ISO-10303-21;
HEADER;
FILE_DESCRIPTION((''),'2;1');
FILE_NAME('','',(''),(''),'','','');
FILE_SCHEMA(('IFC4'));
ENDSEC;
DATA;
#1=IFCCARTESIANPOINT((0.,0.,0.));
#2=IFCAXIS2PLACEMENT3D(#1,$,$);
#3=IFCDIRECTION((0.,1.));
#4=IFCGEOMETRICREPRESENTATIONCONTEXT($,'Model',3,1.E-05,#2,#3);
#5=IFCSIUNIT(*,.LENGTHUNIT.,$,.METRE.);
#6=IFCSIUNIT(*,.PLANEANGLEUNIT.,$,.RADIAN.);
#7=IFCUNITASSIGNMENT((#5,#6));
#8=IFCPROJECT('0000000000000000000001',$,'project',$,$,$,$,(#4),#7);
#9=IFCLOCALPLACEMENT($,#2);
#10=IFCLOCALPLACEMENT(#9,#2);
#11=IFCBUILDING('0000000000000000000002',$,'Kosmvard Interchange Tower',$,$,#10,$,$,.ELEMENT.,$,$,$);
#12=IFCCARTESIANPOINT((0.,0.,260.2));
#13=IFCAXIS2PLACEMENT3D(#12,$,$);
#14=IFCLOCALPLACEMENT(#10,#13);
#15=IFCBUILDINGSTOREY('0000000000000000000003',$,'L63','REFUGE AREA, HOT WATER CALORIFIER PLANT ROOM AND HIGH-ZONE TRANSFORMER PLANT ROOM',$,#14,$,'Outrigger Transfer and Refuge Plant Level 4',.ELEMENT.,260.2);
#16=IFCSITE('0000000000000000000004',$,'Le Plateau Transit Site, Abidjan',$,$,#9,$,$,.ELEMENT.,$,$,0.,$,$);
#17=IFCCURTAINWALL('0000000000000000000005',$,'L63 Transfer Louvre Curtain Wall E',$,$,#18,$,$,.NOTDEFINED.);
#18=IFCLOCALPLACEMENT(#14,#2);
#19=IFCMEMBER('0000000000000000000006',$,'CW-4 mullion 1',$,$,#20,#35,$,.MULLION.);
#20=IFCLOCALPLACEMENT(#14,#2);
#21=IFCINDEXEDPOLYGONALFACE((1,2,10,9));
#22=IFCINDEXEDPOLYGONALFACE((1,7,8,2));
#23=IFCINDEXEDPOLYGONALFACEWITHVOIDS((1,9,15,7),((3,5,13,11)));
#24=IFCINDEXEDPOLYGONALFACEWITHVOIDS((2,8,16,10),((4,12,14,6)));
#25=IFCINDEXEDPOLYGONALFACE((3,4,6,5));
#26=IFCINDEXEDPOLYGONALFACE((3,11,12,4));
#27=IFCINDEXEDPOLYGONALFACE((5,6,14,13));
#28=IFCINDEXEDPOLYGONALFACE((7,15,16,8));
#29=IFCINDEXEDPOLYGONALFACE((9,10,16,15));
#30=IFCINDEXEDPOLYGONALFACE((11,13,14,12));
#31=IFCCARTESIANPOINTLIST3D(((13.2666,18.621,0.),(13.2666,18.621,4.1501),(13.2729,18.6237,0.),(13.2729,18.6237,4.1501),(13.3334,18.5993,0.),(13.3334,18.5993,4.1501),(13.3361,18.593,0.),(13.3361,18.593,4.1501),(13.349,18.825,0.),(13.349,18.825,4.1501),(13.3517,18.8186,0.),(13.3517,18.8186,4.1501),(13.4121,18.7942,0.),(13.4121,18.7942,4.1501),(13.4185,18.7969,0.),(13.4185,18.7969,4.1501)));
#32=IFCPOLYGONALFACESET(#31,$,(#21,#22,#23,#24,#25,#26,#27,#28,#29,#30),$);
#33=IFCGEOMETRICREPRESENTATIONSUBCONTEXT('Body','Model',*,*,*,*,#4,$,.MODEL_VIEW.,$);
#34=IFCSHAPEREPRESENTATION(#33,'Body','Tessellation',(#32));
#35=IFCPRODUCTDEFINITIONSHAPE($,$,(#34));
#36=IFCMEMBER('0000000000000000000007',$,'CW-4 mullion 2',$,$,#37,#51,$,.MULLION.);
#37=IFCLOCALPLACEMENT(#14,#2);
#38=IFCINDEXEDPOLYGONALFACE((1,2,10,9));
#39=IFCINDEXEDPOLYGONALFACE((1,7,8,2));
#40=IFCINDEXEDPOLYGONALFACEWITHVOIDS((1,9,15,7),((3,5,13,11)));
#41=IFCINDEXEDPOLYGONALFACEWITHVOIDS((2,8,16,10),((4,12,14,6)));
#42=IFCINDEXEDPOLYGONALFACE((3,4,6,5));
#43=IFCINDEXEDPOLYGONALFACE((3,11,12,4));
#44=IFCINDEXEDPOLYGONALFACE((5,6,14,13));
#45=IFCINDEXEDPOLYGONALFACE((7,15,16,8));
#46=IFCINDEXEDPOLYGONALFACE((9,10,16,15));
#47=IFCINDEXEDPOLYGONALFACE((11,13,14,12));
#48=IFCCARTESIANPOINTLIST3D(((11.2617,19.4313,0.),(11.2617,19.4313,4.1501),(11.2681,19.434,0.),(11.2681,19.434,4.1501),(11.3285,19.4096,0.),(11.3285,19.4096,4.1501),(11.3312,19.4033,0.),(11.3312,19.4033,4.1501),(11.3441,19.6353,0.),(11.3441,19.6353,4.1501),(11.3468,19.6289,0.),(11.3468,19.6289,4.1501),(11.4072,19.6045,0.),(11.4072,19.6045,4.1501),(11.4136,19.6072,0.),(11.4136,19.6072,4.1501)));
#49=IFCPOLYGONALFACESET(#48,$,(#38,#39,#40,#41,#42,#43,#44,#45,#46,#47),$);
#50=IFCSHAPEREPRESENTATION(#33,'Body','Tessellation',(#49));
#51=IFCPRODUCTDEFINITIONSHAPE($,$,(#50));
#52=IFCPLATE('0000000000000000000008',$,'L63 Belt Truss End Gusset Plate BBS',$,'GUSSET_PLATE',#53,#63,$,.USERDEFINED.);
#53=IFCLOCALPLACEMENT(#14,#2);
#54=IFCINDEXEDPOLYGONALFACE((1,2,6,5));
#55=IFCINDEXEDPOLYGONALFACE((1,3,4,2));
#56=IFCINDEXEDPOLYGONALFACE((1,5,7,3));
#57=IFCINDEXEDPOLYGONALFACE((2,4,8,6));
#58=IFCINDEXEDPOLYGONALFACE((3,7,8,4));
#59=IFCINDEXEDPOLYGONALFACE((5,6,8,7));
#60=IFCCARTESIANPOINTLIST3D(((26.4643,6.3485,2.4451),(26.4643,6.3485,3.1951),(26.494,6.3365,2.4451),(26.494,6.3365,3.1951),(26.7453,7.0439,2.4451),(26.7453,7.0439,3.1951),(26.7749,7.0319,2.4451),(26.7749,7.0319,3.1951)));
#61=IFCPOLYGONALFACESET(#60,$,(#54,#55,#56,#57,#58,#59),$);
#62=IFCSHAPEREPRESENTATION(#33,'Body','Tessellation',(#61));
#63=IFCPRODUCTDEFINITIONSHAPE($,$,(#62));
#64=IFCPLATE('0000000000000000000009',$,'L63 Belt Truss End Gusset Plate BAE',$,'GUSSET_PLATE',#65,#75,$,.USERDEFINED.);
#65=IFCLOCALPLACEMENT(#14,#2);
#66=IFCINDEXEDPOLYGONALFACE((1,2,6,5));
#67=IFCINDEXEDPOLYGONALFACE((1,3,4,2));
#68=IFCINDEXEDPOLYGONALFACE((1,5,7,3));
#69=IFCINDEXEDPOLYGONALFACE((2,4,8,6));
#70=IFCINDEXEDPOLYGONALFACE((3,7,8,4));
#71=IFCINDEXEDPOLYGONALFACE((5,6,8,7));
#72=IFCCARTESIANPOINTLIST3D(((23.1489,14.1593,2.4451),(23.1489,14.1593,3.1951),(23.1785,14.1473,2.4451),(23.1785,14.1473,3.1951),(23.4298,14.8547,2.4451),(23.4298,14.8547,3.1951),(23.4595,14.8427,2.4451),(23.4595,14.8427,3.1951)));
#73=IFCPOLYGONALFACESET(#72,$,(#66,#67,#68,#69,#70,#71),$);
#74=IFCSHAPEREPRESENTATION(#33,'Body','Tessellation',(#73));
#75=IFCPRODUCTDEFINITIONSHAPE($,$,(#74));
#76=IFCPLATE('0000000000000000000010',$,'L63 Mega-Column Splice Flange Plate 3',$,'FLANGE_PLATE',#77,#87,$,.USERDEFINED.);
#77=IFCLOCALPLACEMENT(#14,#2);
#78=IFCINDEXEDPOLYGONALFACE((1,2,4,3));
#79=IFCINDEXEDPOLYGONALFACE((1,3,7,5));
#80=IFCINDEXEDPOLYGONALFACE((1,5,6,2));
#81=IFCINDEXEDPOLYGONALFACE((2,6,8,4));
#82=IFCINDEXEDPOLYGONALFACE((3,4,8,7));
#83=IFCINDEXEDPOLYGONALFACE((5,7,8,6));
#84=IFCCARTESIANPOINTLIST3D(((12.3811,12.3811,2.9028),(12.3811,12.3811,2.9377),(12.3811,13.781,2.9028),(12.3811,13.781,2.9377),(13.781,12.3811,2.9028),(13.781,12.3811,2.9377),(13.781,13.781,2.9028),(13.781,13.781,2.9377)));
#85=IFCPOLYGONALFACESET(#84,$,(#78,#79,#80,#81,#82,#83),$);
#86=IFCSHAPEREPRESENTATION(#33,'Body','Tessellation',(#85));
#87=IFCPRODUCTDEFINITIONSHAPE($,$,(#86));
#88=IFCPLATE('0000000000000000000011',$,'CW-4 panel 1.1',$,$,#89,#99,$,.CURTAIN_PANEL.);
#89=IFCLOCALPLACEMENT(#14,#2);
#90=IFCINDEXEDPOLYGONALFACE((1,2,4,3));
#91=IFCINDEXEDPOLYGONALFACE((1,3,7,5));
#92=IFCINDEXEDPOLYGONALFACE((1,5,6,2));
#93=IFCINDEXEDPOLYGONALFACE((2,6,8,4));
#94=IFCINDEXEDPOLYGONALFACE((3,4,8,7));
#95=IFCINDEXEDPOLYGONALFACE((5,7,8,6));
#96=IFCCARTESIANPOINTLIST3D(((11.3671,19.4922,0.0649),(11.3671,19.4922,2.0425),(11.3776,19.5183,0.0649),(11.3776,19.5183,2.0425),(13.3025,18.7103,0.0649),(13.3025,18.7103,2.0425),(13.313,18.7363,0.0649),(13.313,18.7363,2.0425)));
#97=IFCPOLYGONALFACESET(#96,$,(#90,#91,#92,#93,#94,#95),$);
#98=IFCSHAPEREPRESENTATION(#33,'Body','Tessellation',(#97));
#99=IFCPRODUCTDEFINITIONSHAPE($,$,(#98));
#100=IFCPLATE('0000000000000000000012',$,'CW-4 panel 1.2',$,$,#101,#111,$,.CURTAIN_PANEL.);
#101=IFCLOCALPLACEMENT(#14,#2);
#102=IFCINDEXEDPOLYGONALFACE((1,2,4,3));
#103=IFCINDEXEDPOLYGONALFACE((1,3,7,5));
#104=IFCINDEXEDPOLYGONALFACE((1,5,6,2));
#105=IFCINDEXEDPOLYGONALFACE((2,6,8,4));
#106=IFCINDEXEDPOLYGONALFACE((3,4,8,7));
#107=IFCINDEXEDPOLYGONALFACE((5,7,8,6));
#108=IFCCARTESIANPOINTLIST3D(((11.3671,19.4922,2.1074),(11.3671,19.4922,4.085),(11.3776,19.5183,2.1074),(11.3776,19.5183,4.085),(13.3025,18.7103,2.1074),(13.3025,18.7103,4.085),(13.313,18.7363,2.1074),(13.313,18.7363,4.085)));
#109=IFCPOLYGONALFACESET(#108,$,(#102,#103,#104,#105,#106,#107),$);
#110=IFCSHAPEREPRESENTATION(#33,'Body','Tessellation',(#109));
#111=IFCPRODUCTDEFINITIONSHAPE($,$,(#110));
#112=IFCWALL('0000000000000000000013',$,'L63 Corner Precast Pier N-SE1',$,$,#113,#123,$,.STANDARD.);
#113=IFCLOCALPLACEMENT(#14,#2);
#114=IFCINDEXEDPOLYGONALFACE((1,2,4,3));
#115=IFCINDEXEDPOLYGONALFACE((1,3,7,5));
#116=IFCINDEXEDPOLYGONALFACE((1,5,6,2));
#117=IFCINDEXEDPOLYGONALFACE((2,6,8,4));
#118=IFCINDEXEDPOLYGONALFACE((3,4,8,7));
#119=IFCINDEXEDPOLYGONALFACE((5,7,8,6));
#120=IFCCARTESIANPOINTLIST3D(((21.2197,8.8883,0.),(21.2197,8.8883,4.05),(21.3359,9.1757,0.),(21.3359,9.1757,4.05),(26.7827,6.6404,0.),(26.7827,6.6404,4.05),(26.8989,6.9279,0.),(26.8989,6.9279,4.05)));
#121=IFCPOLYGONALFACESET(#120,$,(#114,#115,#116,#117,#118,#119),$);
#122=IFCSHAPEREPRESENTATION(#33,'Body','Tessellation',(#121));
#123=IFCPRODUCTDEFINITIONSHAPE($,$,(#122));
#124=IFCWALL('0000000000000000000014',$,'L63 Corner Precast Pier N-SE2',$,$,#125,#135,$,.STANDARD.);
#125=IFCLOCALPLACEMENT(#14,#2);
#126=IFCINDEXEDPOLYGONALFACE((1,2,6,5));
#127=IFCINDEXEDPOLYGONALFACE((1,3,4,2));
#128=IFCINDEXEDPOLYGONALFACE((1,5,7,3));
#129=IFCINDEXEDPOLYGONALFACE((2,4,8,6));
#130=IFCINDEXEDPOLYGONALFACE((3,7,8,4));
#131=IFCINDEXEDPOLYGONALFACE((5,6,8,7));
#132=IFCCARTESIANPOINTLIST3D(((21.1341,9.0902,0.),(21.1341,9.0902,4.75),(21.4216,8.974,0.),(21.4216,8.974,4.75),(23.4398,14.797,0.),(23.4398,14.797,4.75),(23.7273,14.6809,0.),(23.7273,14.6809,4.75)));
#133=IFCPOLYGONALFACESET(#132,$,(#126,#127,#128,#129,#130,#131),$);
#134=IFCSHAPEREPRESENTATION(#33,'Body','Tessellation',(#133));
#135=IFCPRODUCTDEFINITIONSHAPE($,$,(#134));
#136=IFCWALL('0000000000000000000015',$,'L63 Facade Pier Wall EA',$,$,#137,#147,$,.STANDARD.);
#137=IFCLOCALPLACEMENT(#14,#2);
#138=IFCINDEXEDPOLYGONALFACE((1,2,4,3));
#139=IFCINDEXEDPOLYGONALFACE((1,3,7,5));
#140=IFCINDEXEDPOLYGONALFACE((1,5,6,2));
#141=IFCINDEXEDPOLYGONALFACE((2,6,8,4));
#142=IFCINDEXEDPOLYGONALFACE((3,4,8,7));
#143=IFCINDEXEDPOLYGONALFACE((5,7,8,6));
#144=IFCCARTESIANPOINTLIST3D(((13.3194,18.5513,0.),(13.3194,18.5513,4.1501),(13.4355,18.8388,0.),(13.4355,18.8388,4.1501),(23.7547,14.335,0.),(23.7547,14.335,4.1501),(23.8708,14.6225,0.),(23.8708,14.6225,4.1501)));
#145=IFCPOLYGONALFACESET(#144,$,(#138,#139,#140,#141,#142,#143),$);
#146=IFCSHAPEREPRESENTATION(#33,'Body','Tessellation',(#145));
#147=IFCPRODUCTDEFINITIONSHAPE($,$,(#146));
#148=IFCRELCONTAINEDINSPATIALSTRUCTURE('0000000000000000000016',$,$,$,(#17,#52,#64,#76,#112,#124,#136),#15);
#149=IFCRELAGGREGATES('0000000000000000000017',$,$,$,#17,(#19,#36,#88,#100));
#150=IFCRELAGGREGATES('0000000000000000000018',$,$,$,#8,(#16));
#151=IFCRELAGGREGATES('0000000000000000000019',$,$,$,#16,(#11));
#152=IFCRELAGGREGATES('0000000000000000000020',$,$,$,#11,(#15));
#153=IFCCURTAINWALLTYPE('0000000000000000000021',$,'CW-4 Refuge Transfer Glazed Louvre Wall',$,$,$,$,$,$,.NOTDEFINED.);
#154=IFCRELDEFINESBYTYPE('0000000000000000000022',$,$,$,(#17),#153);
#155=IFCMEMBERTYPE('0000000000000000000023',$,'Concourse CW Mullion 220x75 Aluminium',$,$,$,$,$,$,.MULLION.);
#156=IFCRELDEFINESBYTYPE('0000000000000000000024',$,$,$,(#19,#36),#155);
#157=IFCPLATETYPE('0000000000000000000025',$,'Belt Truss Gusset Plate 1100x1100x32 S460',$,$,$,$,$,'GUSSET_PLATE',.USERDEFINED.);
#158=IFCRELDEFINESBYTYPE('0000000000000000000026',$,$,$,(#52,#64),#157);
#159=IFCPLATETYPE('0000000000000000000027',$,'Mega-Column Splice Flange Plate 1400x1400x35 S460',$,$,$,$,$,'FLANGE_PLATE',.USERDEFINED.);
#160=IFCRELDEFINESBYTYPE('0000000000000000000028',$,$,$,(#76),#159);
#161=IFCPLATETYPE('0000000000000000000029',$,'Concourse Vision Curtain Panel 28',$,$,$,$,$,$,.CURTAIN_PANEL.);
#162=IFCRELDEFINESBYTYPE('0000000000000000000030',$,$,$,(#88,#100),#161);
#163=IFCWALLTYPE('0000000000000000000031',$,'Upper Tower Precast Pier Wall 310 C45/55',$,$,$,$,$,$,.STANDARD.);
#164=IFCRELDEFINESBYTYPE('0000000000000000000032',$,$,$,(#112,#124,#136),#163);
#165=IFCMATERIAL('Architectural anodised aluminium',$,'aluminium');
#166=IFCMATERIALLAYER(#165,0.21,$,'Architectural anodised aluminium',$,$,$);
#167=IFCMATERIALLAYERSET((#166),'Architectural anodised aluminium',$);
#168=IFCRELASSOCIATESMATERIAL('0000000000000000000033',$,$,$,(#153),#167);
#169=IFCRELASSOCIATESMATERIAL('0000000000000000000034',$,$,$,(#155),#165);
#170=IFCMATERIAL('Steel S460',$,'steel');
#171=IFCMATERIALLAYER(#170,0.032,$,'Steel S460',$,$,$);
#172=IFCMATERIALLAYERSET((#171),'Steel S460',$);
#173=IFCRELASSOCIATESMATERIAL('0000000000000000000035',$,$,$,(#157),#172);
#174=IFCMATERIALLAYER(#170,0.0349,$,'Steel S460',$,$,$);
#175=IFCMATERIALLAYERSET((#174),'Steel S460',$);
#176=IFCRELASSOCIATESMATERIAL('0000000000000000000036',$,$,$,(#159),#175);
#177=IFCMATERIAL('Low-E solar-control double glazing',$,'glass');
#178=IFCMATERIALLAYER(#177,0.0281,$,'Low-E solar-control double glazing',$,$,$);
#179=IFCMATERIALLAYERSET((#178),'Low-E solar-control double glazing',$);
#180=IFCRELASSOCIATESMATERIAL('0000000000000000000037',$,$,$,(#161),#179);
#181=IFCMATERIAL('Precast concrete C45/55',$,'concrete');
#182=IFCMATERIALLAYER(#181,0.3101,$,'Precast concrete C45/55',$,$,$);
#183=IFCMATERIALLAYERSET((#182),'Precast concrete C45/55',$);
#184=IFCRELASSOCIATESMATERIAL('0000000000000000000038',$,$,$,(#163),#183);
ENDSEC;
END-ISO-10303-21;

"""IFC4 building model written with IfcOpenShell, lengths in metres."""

from ifc_helpers import new_model, si_unit, direction, frame, frame_2d, origin, origin_2d, place, context, subcontext, project, spatial, rectangle, hollow_rectangle, extrude, source, transform, mapped, material, layer, layer_set, material_profile, profile_set, type_object, element, aggregate, save


model = new_model("IFC4")

# Units and contexts
model_context = context("Model", 3, precision=1e-05, world=origin(), true_north=direction((0.0, 1.0)))
body_context = subcontext(model_context, "Body", "Model", "MODEL_VIEW")
ifc_project = project(units=[si_unit("LENGTHUNIT", "METRE"), si_unit("PLANEANGLEUNIT", "RADIAN")], contexts=[model_context])

# Site, building, storey
site_placement = place(None, origin())
site = spatial("IfcSite", under=ifc_project, at=site_placement, Name="Le Plateau Transit Site, Abidjan", CompositionType="ELEMENT", RefElevation=0.0)
building_placement = place(site_placement, origin())
building = spatial("IfcBuilding", under=site, at=building_placement, Name="Kosmvard Interchange Tower", CompositionType="ELEMENT")
storey_placement = place(building_placement, frame((0.0, 0.0, 260.2)))
storey = spatial("IfcBuildingStorey", under=building, at=storey_placement, Name="L63", Description="REFUGE AREA, HOT WATER CALORIFIER PLANT ROOM AND HIGH-ZONE TRANSFORMER PLANT ROOM", LongName="Outrigger Transfer and Refuge Plant Level 4", CompositionType="ELEMENT", Elevation=260.2)

# Shared definitions
ifc_material_1 = material(Name="Steel S460", Category="steel")

# Curtain wall, members
ifc_material_2 = material(Name="Architectural anodised aluminium", Category="aluminium")
ifc_layer_1 = layer(ifc_material_2, 0.21, Name="Architectural anodised aluminium")
ifc_layer_set_1 = layer_set([ifc_layer_1], Name="Architectural anodised aluminium")
curtain_wall_type = type_object("IfcCurtainWallType", Name="CW-4 Refuge Transfer Glazed Louvre Wall", PredefinedType="NOTDEFINED", material=ifc_layer_set_1)
curtain_wall_placement = place(storey_placement, origin())
curtain_wall = element("IfcCurtainWall", 1, at=curtain_wall_placement, inside=storey, type_object=curtain_wall_type, Name="L63 Transfer Louvre Curtain Wall E", PredefinedType="NOTDEFINED")
ifc_material_profile_1 = material_profile(ifc_material_2, hollow_rectangle(XDim=0.22, YDim=0.075, WallThickness=0.0049, at=origin_2d()), Name="CWM 220x75x5")
ifc_profile_set_1 = profile_set([ifc_material_profile_1], Name="Architectural anodised aluminium")
member_type_1 = type_object("IfcMemberType", Name="Concourse CW Mullion 220x75 Aluminium", PredefinedType="MULLION", material=ifc_profile_set_1)
shared_shape_1 = source(origin(), body_context, "Body", "SweptSolid", [
    extrude(hollow_rectangle(XDim=0.22, YDim=0.075, WallThickness=0.0049, at=origin_2d()), origin(), (0.0, 0.0, 1.0), 4.1501),
])
member_1_placement = place(storey_placement, frame((13.3425, 18.709, 0.0), z_axis=(0.0, 0.0, 1.0), x_axis=(-0.374607, -0.927184, 0.0)))
member_1 = element("IfcMember", 2, at=member_1_placement, type_object=member_type_1, Name="CW-4 mullion 1", PredefinedType="MULLION", context=body_context, shape_type="MappedRepresentation", body=[
    mapped(shared_shape_1, transform((0.0, 0.0, 0.0), scale=1.0)),
])
member_2_placement = place(storey_placement, frame((11.3376, 19.5193, 0.0), z_axis=(0.0, 0.0, 1.0), x_axis=(-0.374607, -0.927184, 0.0)))
member_2 = element("IfcMember", 3, at=member_2_placement, type_object=member_type_1, Name="CW-4 mullion 2", PredefinedType="MULLION", context=body_context, shape_type="MappedRepresentation", body=[
    mapped(shared_shape_1, transform((0.0, 0.0, 0.0), scale=1.0)),
])

# Plates
ifc_layer_2 = layer(ifc_material_1, 0.032, Name="Steel S460")
ifc_layer_set_2 = layer_set([ifc_layer_2], Name="Steel S460")
plate_type_1 = type_object("IfcPlateType", Name="Belt Truss Gusset Plate 1100x1100x32 S460", ElementType="GUSSET_PLATE", PredefinedType="USERDEFINED", material=ifc_layer_set_2)
shared_shape_2 = source(origin(), body_context, "Body", "SweptSolid", [
    extrude(rectangle(XDim=0.75, YDim=0.032, at=origin_2d()), origin(), (0.0, 0.0, 1.0), 0.75),
])
for number, where, z_axis, x_axis, name in (
    (4, (26.6196, 6.6902, 2.4451), (0.0, 0.0, 1.0), (0.374607, 0.927184, 0.0), "L63 Belt Truss End Gusset Plate BBS"),
    (5, (23.3042, 14.501, 2.4451), (0.0, 0.0, 1.0), (0.374607, 0.927184, 0.0), "L63 Belt Truss End Gusset Plate BAE"),
):
    element("IfcPlate", number, at=place(storey_placement, frame(where, z_axis=z_axis, x_axis=x_axis)), inside=storey, type_object=plate_type_1, Name=name, ObjectType="GUSSET_PLATE", PredefinedType="USERDEFINED", context=body_context, shape_type="MappedRepresentation", body=[
        mapped(shared_shape_2, transform((0.0, 0.0, 0.0), scale=1.0)),
    ])
ifc_layer_3 = layer(ifc_material_1, 0.0349, Name="Steel S460")
ifc_layer_set_3 = layer_set([ifc_layer_3], Name="Steel S460")
plate_type_2 = type_object("IfcPlateType", Name="Mega-Column Splice Flange Plate 1400x1400x35 S460", ElementType="FLANGE_PLATE", PredefinedType="USERDEFINED", material=ifc_layer_set_3)
shared_shape_3 = source(origin(), body_context, "Body", "SweptSolid", [
    extrude(rectangle(XDim=1.3999, YDim=1.3999, at=origin_2d()), origin(), (0.0, 0.0, 1.0), 0.0349),
])
plate_1_placement = place(storey_placement, frame((13.0811, 13.0811, 2.9028), z_axis=(0.0, 0.0, 1.0), x_axis=(1.0, 0.0, 0.0)))
element("IfcPlate", 6, at=plate_1_placement, inside=storey, type_object=plate_type_2, Name="L63 Mega-Column Splice Flange Plate 3", ObjectType="FLANGE_PLATE", PredefinedType="USERDEFINED", context=body_context, shape_type="MappedRepresentation", body=[
    mapped(shared_shape_3, transform((0.0, 0.0, 0.0), scale=1.0)),
])

# Plates
ifc_material_3 = material(Name="Low-E solar-control double glazing", Category="glass")
ifc_layer_4 = layer(ifc_material_3, 0.0281, Name="Low-E solar-control double glazing")
ifc_layer_set_4 = layer_set([ifc_layer_4], Name="Low-E solar-control double glazing")
plate_type_3 = type_object("IfcPlateType", Name="Concourse Vision Curtain Panel 28", PredefinedType="CURTAIN_PANEL", material=ifc_layer_set_4)
shared_shape_4 = source(origin(), body_context, "Body", "SweptSolid", [
    extrude(rectangle(XDim=2.0874, YDim=0.0281, at=origin_2d()), origin(), (0.0, 0.0, 1.0), 1.9775),
])
plate_2_placement = place(storey_placement, frame((12.3401, 19.1143, 0.0649), z_axis=(0.0, 0.0, 1.0), x_axis=(-0.927184, 0.374607, 0.0)))
plate_2 = element("IfcPlate", 7, at=plate_2_placement, type_object=plate_type_3, Name="CW-4 panel 1.1", PredefinedType="CURTAIN_PANEL", context=body_context, shape_type="MappedRepresentation", body=[
    mapped(shared_shape_4, transform((0.0, 0.0, 0.0), scale=1.0)),
])
plate_3_placement = place(storey_placement, frame((12.3401, 19.1143, 2.1074), z_axis=(0.0, 0.0, 1.0), x_axis=(-0.927184, 0.374607, 0.0)))
plate_3 = element("IfcPlate", 8, at=plate_3_placement, type_object=plate_type_3, Name="CW-4 panel 1.2", PredefinedType="CURTAIN_PANEL", context=body_context, shape_type="MappedRepresentation", body=[
    mapped(shared_shape_4, transform((0.0, 0.0, 0.0), scale=1.0)),
])
aggregate(curtain_wall, [member_1, member_2, plate_2, plate_3])

# Walls
ifc_material_4 = material(Name="Precast concrete C45/55", Category="concrete")
ifc_layer_5 = layer(ifc_material_4, 0.3101, Name="Precast concrete C45/55")
ifc_layer_set_5 = layer_set([ifc_layer_5], Name="Precast concrete C45/55")
wall_type = type_object("IfcWallType", Name="Upper Tower Precast Pier Wall 310 C45/55", PredefinedType="STANDARD", material=ifc_layer_set_5)
wall_1_placement = place(storey_placement, frame((26.8408, 6.7842, 0.0), z_axis=(0.0, 0.0, 1.0), x_axis=(-0.927172, 0.374637, 0.0)))
element("IfcWall", 9, at=wall_1_placement, inside=storey, type_object=wall_type, Name="L63 Corner Precast Pier N-SE1", PredefinedType="STANDARD", context=body_context, shape_type="SweptSolid", body=[
    extrude(rectangle(XDim=6.0, YDim=0.3101, at=frame_2d((3.0, 0.0))), origin(), (0.0, 0.0, 1.0), 4.05),
])
wall_2_placement = place(storey_placement, frame((21.2778, 9.032, 0.0), z_axis=(0.0, 0.0, 1.0), x_axis=(0.374603, 0.927185, 0.0)))
element("IfcWall", 10, at=wall_2_placement, inside=storey, type_object=wall_type, Name="L63 Corner Precast Pier N-SE2", PredefinedType="STANDARD", context=body_context, shape_type="SweptSolid", body=[
    extrude(rectangle(XDim=6.155, YDim=0.3101, at=frame_2d((3.0776, 0.0))), origin(), (0.0, 0.0, 1.0), 4.75),
])
wall_3_placement = place(storey_placement, frame((23.8127, 14.4788, 0.0), z_axis=(0.0, 0.0, 1.0), x_axis=(-0.927179, 0.37462, 0.0)))
element("IfcWall", 11, at=wall_3_placement, inside=storey, type_object=wall_type, Name="L63 Facade Pier Wall EA", PredefinedType="STANDARD", context=body_context, shape_type="SweptSolid", body=[
    extrude(rectangle(XDim=11.2549, YDim=0.3101, at=frame_2d((5.6274, 0.0))), origin(), (0.0, 0.0, 1.0), 4.1501),
])

save(model, "model.ifc")
